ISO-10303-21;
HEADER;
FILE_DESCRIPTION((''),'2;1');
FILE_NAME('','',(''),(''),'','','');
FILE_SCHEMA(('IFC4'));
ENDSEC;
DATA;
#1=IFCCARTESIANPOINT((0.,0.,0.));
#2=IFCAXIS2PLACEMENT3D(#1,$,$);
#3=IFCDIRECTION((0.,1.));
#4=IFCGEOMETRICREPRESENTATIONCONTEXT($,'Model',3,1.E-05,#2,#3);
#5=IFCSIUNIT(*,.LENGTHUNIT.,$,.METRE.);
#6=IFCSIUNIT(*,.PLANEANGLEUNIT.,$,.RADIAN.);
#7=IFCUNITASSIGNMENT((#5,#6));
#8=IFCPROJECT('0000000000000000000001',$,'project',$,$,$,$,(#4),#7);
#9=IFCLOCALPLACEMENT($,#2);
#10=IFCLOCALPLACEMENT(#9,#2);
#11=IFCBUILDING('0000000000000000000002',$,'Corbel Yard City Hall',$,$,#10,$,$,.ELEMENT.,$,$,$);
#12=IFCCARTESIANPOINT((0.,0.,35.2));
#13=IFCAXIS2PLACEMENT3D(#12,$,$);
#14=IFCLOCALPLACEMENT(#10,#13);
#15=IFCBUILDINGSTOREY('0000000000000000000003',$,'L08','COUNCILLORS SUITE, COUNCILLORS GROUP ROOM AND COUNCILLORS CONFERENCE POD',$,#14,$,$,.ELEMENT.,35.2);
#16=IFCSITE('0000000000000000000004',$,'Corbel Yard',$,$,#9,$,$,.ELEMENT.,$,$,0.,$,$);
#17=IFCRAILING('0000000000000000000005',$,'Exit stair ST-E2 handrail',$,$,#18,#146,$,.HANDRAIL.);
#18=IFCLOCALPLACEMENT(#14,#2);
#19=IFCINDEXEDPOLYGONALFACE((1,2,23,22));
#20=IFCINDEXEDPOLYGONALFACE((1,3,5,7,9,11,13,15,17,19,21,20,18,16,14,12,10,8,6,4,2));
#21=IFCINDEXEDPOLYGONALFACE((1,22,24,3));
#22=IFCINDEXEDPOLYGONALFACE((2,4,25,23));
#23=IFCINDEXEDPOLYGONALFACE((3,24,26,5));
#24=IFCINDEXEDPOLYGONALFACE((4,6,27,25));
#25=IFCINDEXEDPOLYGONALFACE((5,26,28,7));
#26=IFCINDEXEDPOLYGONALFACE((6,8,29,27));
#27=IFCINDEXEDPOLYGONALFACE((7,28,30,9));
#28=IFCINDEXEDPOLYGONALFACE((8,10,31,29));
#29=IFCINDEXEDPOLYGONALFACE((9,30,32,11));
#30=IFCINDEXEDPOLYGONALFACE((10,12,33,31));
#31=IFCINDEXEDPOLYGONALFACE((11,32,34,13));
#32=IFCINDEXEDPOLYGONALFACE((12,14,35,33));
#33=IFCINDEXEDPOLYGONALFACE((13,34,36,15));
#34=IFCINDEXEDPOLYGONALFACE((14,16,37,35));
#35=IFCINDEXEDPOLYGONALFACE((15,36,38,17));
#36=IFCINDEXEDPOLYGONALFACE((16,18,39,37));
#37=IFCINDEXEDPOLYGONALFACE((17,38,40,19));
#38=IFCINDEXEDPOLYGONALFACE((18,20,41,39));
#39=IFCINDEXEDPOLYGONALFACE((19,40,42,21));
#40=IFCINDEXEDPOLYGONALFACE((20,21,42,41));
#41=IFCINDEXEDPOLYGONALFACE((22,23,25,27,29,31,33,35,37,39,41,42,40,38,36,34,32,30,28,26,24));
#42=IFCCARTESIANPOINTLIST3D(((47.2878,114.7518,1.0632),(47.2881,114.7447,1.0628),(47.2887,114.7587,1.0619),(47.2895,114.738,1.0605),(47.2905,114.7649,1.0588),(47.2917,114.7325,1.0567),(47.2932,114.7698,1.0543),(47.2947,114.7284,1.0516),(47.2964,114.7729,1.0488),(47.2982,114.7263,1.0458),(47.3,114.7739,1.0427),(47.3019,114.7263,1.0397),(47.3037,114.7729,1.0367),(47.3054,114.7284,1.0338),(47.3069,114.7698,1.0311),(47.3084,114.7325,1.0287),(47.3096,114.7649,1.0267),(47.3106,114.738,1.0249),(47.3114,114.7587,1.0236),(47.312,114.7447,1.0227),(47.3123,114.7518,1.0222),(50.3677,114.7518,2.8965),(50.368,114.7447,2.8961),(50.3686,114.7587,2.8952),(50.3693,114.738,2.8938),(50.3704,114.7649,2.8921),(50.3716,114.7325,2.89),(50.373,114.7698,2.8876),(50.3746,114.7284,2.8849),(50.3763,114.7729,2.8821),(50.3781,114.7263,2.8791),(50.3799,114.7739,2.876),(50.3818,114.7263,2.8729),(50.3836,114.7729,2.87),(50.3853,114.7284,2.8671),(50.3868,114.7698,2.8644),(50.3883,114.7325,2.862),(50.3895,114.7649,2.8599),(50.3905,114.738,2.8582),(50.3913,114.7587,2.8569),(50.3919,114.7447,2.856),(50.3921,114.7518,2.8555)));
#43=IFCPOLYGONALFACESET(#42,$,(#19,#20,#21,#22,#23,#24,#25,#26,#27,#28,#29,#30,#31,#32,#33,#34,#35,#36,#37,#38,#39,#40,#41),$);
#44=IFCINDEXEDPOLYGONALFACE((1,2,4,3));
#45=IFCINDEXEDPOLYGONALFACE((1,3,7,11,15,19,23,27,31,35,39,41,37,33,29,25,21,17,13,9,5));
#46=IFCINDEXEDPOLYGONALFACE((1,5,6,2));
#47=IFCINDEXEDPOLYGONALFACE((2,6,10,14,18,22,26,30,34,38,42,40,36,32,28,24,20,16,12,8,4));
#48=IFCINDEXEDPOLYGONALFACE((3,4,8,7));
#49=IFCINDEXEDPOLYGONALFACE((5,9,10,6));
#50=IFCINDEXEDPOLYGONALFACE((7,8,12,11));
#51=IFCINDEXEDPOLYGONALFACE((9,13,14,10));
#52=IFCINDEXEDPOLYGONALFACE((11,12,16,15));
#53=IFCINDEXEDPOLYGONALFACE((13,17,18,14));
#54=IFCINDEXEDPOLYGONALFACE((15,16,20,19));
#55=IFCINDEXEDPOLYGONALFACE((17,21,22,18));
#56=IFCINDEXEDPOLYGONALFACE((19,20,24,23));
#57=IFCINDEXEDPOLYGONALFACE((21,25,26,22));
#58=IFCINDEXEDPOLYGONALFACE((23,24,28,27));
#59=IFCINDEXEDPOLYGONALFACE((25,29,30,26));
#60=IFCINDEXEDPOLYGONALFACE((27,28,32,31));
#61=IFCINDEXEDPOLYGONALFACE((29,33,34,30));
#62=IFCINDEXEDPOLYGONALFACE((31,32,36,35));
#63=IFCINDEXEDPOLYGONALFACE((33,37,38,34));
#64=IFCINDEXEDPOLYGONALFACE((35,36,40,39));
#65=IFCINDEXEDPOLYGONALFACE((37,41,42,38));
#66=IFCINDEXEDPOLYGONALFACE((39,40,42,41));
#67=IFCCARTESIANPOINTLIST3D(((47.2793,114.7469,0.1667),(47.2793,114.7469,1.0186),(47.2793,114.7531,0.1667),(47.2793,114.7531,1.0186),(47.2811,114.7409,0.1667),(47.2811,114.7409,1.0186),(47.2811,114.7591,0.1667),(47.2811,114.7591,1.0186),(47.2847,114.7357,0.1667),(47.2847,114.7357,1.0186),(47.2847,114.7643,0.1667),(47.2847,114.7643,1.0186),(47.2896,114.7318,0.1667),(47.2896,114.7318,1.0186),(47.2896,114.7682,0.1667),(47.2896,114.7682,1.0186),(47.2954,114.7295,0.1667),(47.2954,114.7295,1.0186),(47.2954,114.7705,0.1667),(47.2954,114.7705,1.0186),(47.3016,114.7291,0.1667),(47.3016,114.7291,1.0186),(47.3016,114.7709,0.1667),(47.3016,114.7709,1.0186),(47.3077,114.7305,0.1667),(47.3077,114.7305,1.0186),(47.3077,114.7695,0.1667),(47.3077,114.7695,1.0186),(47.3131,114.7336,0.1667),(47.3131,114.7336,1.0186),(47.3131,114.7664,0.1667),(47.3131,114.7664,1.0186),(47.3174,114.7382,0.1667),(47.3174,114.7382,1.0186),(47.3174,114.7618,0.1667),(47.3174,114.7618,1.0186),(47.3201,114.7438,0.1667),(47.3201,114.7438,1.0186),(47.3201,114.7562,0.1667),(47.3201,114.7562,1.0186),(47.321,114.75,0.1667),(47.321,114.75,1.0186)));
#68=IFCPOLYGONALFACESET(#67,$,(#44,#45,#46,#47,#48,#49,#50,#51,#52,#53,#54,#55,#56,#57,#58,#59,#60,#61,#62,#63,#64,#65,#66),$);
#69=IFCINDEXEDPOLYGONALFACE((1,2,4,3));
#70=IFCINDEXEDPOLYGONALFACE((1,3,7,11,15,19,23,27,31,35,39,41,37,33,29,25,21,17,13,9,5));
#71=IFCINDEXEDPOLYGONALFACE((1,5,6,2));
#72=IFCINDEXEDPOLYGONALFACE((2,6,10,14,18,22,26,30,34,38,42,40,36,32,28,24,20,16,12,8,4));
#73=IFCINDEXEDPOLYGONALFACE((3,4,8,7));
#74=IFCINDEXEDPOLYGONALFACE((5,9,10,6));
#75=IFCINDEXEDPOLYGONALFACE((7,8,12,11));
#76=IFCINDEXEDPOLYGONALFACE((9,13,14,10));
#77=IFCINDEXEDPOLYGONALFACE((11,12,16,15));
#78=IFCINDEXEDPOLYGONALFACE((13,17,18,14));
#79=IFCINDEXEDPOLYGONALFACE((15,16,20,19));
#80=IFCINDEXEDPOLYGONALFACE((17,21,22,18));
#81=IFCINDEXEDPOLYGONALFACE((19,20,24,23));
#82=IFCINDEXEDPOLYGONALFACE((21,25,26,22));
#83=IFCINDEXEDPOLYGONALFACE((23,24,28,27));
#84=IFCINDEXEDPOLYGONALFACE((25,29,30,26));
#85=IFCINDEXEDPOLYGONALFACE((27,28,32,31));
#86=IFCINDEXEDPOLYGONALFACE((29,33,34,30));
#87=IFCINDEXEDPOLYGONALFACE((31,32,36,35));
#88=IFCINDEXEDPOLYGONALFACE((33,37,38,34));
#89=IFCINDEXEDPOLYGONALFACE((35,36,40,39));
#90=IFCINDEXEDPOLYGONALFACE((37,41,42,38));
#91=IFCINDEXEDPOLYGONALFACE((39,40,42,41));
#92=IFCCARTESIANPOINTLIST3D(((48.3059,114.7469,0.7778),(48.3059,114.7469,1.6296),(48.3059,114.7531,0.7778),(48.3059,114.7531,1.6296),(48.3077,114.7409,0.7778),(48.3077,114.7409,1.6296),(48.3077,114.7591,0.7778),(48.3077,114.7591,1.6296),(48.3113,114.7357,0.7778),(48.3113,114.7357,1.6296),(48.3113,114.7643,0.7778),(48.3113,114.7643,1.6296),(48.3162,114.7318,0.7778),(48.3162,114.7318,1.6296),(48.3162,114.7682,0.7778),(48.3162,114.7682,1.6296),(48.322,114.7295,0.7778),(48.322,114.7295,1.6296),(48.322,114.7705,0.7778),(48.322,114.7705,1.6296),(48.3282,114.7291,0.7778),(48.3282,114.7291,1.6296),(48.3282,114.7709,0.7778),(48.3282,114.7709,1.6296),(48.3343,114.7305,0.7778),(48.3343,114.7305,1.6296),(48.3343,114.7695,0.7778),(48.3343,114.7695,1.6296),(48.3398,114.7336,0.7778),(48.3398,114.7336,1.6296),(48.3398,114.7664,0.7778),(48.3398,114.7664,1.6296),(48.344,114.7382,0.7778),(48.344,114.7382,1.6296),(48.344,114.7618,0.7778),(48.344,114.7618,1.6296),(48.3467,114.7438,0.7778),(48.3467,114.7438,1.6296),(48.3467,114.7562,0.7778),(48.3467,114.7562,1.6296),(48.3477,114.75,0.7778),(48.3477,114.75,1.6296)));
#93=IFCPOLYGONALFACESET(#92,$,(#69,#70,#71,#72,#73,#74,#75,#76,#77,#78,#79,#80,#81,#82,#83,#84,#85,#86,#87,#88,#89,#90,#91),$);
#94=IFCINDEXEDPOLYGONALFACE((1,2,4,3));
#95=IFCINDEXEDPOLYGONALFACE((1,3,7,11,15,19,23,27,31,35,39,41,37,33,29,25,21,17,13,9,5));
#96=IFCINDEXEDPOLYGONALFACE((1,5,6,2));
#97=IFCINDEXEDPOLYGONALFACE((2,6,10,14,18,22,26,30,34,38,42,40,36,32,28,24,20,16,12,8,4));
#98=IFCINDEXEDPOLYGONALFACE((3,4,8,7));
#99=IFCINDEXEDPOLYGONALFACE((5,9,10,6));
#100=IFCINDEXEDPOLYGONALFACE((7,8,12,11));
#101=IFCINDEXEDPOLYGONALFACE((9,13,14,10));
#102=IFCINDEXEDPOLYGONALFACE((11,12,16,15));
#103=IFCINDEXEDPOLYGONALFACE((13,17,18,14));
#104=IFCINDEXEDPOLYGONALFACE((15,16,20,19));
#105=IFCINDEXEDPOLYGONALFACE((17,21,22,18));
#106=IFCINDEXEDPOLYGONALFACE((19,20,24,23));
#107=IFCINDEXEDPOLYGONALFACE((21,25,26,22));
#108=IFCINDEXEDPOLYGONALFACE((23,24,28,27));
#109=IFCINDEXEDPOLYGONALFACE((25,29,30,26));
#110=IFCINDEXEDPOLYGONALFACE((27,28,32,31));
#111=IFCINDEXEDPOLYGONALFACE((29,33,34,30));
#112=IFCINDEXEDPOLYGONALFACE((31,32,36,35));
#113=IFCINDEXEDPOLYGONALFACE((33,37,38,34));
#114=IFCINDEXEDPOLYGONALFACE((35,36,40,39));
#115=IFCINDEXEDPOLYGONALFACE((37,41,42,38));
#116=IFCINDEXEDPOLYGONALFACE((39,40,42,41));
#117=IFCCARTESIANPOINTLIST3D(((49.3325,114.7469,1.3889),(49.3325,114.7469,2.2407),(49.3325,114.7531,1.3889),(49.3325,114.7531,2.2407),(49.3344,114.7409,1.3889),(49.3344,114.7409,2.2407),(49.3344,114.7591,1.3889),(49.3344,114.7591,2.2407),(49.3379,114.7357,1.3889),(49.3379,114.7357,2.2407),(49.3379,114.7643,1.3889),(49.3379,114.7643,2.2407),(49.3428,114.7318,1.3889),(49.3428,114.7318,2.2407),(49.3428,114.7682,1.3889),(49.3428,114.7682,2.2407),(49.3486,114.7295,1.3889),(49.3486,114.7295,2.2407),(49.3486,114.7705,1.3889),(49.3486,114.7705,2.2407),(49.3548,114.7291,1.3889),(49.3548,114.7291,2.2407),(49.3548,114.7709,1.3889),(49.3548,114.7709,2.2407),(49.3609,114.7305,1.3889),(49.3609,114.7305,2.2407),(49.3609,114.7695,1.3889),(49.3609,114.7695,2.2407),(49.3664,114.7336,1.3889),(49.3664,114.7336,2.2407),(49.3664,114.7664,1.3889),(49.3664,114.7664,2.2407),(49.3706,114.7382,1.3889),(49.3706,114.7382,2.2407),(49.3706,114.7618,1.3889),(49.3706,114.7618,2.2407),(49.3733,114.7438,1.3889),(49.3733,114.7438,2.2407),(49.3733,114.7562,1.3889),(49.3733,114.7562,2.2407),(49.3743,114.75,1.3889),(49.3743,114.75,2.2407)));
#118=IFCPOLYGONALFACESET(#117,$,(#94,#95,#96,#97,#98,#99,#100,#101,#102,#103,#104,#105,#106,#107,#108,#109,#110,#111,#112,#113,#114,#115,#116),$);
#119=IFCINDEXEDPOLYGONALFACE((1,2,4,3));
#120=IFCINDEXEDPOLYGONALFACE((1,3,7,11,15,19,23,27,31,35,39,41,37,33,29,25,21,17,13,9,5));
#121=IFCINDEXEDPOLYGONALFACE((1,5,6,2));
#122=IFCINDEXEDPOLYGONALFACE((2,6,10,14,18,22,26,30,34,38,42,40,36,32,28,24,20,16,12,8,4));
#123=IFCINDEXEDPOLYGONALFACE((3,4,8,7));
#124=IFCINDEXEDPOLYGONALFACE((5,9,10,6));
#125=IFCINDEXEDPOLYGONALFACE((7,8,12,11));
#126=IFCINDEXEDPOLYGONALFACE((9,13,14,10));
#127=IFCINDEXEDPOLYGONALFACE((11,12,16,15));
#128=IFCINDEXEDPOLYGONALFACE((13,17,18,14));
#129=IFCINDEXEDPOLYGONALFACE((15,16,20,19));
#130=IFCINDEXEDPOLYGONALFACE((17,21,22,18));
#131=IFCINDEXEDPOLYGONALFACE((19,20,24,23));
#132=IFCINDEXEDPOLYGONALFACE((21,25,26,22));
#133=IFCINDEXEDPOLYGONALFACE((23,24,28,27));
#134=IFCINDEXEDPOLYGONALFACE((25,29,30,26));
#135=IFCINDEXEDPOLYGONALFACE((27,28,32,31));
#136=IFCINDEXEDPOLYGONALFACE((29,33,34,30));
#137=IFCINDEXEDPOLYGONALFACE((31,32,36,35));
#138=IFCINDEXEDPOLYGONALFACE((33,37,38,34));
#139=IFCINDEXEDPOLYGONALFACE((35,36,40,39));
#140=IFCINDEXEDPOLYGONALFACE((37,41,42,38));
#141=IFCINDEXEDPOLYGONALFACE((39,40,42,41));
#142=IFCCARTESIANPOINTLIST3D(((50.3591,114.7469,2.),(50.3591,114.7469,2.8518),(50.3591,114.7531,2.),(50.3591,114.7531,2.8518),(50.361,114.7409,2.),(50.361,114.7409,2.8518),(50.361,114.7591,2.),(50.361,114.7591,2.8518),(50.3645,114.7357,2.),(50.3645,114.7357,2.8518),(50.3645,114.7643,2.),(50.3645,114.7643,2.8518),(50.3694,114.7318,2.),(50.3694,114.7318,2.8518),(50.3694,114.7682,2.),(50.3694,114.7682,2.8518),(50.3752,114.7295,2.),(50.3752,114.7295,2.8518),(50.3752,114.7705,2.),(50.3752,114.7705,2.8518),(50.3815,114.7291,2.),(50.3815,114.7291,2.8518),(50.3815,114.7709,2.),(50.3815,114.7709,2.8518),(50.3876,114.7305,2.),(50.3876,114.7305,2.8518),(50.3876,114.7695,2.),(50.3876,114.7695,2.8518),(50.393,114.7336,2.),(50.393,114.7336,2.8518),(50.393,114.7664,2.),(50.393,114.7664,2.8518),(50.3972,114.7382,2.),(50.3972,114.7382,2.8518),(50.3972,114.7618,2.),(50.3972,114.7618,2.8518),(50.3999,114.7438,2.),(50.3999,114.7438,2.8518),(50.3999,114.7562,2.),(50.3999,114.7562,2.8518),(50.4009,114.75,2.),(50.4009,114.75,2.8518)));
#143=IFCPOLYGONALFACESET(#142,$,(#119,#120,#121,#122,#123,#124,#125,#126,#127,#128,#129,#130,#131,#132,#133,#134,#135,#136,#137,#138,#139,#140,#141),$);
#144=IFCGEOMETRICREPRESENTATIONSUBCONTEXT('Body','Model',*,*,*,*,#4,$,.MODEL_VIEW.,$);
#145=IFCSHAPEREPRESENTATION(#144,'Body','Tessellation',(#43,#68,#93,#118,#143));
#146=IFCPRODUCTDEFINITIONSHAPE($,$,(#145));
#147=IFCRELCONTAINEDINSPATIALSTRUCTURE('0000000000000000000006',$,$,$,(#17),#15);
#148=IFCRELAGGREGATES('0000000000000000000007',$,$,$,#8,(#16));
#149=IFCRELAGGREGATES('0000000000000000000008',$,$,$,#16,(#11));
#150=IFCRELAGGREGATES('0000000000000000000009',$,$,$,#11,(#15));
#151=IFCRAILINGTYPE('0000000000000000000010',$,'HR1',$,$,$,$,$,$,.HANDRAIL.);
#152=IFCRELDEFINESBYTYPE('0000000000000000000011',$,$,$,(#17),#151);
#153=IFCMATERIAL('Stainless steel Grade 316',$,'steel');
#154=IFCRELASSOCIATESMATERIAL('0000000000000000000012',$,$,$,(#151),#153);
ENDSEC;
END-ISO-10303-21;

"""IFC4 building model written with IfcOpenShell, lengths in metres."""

from ifc_helpers import new_model, si_unit, direction, frame, origin, origin_2d, place, context, subcontext, project, spatial, circle, extrude, material, type_object, element, save


model = new_model("IFC4")

# Units and contexts
model_context = context("Model", 3, precision=1e-05, world=origin(), true_north=direction((0.0, 1.0)))
body_context = subcontext(model_context, "Body", "Model", "MODEL_VIEW")
ifc_project = project(units=[si_unit("LENGTHUNIT", "METRE"), si_unit("PLANEANGLEUNIT", "RADIAN")], contexts=[model_context])

# Site, building, storey
site_placement = place(None, origin())
site = spatial("IfcSite", under=ifc_project, at=site_placement, Name="Corbel Yard", CompositionType="ELEMENT", RefElevation=0.0)
building_placement = place(site_placement, origin())
building = spatial("IfcBuilding", under=site, at=building_placement, Name="Corbel Yard City Hall", CompositionType="ELEMENT")
storey_placement = place(building_placement, frame((0.0, 0.0, 35.2)))
storey = spatial("IfcBuildingStorey", under=building, at=storey_placement, Name="L08", Description="COUNCILLORS SUITE, COUNCILLORS GROUP ROOM AND COUNCILLORS CONFERENCE POD", CompositionType="ELEMENT", Elevation=35.2)

# Shared definitions
ifc_material_1 = material(Name="Stainless steel Grade 316", Category="steel")

# Railing
railing_type = type_object("IfcRailingType", Name="HR1", PredefinedType="HANDRAIL", material=ifc_material_1)
for number, where, name in (
    (1, (47.3, 114.75, 0.1667), "Exit stair ST-E2 handrail"),
):
    element("IfcRailing", number, at=place(storey_placement, frame(where)), inside=storey, type_object=railing_type, Name=name, PredefinedType="HANDRAIL", context=body_context, shape_type="SweptSolid", body=[
        extrude(circle(Radius=0.0239, at=origin_2d()), frame((0.0, 0.0, 0.876), z_axis=(0.859291, 0.0, 0.511487), x_axis=(0.0, 1.0, 0.0)), (0.0, 0.0, 1.0), 3.5842),
        extrude(circle(Radius=0.021, at=origin_2d()), origin(), (0.0, 0.0, 1.0), 0.8518),
        extrude(circle(Radius=0.021, at=origin_2d()), frame((1.0266, 0.0, 0.6111)), (0.0, 0.0, 1.0), 0.8518),
        extrude(circle(Radius=0.021, at=origin_2d()), frame((2.0532, 0.0, 1.2222)), (0.0, 0.0, 1.0), 0.8518),
        extrude(circle(Radius=0.021, at=origin_2d()), frame((3.0798, 0.0, 1.8333)), (0.0, 0.0, 1.0), 0.8518),
    ])

save(model, "model.ifc")
